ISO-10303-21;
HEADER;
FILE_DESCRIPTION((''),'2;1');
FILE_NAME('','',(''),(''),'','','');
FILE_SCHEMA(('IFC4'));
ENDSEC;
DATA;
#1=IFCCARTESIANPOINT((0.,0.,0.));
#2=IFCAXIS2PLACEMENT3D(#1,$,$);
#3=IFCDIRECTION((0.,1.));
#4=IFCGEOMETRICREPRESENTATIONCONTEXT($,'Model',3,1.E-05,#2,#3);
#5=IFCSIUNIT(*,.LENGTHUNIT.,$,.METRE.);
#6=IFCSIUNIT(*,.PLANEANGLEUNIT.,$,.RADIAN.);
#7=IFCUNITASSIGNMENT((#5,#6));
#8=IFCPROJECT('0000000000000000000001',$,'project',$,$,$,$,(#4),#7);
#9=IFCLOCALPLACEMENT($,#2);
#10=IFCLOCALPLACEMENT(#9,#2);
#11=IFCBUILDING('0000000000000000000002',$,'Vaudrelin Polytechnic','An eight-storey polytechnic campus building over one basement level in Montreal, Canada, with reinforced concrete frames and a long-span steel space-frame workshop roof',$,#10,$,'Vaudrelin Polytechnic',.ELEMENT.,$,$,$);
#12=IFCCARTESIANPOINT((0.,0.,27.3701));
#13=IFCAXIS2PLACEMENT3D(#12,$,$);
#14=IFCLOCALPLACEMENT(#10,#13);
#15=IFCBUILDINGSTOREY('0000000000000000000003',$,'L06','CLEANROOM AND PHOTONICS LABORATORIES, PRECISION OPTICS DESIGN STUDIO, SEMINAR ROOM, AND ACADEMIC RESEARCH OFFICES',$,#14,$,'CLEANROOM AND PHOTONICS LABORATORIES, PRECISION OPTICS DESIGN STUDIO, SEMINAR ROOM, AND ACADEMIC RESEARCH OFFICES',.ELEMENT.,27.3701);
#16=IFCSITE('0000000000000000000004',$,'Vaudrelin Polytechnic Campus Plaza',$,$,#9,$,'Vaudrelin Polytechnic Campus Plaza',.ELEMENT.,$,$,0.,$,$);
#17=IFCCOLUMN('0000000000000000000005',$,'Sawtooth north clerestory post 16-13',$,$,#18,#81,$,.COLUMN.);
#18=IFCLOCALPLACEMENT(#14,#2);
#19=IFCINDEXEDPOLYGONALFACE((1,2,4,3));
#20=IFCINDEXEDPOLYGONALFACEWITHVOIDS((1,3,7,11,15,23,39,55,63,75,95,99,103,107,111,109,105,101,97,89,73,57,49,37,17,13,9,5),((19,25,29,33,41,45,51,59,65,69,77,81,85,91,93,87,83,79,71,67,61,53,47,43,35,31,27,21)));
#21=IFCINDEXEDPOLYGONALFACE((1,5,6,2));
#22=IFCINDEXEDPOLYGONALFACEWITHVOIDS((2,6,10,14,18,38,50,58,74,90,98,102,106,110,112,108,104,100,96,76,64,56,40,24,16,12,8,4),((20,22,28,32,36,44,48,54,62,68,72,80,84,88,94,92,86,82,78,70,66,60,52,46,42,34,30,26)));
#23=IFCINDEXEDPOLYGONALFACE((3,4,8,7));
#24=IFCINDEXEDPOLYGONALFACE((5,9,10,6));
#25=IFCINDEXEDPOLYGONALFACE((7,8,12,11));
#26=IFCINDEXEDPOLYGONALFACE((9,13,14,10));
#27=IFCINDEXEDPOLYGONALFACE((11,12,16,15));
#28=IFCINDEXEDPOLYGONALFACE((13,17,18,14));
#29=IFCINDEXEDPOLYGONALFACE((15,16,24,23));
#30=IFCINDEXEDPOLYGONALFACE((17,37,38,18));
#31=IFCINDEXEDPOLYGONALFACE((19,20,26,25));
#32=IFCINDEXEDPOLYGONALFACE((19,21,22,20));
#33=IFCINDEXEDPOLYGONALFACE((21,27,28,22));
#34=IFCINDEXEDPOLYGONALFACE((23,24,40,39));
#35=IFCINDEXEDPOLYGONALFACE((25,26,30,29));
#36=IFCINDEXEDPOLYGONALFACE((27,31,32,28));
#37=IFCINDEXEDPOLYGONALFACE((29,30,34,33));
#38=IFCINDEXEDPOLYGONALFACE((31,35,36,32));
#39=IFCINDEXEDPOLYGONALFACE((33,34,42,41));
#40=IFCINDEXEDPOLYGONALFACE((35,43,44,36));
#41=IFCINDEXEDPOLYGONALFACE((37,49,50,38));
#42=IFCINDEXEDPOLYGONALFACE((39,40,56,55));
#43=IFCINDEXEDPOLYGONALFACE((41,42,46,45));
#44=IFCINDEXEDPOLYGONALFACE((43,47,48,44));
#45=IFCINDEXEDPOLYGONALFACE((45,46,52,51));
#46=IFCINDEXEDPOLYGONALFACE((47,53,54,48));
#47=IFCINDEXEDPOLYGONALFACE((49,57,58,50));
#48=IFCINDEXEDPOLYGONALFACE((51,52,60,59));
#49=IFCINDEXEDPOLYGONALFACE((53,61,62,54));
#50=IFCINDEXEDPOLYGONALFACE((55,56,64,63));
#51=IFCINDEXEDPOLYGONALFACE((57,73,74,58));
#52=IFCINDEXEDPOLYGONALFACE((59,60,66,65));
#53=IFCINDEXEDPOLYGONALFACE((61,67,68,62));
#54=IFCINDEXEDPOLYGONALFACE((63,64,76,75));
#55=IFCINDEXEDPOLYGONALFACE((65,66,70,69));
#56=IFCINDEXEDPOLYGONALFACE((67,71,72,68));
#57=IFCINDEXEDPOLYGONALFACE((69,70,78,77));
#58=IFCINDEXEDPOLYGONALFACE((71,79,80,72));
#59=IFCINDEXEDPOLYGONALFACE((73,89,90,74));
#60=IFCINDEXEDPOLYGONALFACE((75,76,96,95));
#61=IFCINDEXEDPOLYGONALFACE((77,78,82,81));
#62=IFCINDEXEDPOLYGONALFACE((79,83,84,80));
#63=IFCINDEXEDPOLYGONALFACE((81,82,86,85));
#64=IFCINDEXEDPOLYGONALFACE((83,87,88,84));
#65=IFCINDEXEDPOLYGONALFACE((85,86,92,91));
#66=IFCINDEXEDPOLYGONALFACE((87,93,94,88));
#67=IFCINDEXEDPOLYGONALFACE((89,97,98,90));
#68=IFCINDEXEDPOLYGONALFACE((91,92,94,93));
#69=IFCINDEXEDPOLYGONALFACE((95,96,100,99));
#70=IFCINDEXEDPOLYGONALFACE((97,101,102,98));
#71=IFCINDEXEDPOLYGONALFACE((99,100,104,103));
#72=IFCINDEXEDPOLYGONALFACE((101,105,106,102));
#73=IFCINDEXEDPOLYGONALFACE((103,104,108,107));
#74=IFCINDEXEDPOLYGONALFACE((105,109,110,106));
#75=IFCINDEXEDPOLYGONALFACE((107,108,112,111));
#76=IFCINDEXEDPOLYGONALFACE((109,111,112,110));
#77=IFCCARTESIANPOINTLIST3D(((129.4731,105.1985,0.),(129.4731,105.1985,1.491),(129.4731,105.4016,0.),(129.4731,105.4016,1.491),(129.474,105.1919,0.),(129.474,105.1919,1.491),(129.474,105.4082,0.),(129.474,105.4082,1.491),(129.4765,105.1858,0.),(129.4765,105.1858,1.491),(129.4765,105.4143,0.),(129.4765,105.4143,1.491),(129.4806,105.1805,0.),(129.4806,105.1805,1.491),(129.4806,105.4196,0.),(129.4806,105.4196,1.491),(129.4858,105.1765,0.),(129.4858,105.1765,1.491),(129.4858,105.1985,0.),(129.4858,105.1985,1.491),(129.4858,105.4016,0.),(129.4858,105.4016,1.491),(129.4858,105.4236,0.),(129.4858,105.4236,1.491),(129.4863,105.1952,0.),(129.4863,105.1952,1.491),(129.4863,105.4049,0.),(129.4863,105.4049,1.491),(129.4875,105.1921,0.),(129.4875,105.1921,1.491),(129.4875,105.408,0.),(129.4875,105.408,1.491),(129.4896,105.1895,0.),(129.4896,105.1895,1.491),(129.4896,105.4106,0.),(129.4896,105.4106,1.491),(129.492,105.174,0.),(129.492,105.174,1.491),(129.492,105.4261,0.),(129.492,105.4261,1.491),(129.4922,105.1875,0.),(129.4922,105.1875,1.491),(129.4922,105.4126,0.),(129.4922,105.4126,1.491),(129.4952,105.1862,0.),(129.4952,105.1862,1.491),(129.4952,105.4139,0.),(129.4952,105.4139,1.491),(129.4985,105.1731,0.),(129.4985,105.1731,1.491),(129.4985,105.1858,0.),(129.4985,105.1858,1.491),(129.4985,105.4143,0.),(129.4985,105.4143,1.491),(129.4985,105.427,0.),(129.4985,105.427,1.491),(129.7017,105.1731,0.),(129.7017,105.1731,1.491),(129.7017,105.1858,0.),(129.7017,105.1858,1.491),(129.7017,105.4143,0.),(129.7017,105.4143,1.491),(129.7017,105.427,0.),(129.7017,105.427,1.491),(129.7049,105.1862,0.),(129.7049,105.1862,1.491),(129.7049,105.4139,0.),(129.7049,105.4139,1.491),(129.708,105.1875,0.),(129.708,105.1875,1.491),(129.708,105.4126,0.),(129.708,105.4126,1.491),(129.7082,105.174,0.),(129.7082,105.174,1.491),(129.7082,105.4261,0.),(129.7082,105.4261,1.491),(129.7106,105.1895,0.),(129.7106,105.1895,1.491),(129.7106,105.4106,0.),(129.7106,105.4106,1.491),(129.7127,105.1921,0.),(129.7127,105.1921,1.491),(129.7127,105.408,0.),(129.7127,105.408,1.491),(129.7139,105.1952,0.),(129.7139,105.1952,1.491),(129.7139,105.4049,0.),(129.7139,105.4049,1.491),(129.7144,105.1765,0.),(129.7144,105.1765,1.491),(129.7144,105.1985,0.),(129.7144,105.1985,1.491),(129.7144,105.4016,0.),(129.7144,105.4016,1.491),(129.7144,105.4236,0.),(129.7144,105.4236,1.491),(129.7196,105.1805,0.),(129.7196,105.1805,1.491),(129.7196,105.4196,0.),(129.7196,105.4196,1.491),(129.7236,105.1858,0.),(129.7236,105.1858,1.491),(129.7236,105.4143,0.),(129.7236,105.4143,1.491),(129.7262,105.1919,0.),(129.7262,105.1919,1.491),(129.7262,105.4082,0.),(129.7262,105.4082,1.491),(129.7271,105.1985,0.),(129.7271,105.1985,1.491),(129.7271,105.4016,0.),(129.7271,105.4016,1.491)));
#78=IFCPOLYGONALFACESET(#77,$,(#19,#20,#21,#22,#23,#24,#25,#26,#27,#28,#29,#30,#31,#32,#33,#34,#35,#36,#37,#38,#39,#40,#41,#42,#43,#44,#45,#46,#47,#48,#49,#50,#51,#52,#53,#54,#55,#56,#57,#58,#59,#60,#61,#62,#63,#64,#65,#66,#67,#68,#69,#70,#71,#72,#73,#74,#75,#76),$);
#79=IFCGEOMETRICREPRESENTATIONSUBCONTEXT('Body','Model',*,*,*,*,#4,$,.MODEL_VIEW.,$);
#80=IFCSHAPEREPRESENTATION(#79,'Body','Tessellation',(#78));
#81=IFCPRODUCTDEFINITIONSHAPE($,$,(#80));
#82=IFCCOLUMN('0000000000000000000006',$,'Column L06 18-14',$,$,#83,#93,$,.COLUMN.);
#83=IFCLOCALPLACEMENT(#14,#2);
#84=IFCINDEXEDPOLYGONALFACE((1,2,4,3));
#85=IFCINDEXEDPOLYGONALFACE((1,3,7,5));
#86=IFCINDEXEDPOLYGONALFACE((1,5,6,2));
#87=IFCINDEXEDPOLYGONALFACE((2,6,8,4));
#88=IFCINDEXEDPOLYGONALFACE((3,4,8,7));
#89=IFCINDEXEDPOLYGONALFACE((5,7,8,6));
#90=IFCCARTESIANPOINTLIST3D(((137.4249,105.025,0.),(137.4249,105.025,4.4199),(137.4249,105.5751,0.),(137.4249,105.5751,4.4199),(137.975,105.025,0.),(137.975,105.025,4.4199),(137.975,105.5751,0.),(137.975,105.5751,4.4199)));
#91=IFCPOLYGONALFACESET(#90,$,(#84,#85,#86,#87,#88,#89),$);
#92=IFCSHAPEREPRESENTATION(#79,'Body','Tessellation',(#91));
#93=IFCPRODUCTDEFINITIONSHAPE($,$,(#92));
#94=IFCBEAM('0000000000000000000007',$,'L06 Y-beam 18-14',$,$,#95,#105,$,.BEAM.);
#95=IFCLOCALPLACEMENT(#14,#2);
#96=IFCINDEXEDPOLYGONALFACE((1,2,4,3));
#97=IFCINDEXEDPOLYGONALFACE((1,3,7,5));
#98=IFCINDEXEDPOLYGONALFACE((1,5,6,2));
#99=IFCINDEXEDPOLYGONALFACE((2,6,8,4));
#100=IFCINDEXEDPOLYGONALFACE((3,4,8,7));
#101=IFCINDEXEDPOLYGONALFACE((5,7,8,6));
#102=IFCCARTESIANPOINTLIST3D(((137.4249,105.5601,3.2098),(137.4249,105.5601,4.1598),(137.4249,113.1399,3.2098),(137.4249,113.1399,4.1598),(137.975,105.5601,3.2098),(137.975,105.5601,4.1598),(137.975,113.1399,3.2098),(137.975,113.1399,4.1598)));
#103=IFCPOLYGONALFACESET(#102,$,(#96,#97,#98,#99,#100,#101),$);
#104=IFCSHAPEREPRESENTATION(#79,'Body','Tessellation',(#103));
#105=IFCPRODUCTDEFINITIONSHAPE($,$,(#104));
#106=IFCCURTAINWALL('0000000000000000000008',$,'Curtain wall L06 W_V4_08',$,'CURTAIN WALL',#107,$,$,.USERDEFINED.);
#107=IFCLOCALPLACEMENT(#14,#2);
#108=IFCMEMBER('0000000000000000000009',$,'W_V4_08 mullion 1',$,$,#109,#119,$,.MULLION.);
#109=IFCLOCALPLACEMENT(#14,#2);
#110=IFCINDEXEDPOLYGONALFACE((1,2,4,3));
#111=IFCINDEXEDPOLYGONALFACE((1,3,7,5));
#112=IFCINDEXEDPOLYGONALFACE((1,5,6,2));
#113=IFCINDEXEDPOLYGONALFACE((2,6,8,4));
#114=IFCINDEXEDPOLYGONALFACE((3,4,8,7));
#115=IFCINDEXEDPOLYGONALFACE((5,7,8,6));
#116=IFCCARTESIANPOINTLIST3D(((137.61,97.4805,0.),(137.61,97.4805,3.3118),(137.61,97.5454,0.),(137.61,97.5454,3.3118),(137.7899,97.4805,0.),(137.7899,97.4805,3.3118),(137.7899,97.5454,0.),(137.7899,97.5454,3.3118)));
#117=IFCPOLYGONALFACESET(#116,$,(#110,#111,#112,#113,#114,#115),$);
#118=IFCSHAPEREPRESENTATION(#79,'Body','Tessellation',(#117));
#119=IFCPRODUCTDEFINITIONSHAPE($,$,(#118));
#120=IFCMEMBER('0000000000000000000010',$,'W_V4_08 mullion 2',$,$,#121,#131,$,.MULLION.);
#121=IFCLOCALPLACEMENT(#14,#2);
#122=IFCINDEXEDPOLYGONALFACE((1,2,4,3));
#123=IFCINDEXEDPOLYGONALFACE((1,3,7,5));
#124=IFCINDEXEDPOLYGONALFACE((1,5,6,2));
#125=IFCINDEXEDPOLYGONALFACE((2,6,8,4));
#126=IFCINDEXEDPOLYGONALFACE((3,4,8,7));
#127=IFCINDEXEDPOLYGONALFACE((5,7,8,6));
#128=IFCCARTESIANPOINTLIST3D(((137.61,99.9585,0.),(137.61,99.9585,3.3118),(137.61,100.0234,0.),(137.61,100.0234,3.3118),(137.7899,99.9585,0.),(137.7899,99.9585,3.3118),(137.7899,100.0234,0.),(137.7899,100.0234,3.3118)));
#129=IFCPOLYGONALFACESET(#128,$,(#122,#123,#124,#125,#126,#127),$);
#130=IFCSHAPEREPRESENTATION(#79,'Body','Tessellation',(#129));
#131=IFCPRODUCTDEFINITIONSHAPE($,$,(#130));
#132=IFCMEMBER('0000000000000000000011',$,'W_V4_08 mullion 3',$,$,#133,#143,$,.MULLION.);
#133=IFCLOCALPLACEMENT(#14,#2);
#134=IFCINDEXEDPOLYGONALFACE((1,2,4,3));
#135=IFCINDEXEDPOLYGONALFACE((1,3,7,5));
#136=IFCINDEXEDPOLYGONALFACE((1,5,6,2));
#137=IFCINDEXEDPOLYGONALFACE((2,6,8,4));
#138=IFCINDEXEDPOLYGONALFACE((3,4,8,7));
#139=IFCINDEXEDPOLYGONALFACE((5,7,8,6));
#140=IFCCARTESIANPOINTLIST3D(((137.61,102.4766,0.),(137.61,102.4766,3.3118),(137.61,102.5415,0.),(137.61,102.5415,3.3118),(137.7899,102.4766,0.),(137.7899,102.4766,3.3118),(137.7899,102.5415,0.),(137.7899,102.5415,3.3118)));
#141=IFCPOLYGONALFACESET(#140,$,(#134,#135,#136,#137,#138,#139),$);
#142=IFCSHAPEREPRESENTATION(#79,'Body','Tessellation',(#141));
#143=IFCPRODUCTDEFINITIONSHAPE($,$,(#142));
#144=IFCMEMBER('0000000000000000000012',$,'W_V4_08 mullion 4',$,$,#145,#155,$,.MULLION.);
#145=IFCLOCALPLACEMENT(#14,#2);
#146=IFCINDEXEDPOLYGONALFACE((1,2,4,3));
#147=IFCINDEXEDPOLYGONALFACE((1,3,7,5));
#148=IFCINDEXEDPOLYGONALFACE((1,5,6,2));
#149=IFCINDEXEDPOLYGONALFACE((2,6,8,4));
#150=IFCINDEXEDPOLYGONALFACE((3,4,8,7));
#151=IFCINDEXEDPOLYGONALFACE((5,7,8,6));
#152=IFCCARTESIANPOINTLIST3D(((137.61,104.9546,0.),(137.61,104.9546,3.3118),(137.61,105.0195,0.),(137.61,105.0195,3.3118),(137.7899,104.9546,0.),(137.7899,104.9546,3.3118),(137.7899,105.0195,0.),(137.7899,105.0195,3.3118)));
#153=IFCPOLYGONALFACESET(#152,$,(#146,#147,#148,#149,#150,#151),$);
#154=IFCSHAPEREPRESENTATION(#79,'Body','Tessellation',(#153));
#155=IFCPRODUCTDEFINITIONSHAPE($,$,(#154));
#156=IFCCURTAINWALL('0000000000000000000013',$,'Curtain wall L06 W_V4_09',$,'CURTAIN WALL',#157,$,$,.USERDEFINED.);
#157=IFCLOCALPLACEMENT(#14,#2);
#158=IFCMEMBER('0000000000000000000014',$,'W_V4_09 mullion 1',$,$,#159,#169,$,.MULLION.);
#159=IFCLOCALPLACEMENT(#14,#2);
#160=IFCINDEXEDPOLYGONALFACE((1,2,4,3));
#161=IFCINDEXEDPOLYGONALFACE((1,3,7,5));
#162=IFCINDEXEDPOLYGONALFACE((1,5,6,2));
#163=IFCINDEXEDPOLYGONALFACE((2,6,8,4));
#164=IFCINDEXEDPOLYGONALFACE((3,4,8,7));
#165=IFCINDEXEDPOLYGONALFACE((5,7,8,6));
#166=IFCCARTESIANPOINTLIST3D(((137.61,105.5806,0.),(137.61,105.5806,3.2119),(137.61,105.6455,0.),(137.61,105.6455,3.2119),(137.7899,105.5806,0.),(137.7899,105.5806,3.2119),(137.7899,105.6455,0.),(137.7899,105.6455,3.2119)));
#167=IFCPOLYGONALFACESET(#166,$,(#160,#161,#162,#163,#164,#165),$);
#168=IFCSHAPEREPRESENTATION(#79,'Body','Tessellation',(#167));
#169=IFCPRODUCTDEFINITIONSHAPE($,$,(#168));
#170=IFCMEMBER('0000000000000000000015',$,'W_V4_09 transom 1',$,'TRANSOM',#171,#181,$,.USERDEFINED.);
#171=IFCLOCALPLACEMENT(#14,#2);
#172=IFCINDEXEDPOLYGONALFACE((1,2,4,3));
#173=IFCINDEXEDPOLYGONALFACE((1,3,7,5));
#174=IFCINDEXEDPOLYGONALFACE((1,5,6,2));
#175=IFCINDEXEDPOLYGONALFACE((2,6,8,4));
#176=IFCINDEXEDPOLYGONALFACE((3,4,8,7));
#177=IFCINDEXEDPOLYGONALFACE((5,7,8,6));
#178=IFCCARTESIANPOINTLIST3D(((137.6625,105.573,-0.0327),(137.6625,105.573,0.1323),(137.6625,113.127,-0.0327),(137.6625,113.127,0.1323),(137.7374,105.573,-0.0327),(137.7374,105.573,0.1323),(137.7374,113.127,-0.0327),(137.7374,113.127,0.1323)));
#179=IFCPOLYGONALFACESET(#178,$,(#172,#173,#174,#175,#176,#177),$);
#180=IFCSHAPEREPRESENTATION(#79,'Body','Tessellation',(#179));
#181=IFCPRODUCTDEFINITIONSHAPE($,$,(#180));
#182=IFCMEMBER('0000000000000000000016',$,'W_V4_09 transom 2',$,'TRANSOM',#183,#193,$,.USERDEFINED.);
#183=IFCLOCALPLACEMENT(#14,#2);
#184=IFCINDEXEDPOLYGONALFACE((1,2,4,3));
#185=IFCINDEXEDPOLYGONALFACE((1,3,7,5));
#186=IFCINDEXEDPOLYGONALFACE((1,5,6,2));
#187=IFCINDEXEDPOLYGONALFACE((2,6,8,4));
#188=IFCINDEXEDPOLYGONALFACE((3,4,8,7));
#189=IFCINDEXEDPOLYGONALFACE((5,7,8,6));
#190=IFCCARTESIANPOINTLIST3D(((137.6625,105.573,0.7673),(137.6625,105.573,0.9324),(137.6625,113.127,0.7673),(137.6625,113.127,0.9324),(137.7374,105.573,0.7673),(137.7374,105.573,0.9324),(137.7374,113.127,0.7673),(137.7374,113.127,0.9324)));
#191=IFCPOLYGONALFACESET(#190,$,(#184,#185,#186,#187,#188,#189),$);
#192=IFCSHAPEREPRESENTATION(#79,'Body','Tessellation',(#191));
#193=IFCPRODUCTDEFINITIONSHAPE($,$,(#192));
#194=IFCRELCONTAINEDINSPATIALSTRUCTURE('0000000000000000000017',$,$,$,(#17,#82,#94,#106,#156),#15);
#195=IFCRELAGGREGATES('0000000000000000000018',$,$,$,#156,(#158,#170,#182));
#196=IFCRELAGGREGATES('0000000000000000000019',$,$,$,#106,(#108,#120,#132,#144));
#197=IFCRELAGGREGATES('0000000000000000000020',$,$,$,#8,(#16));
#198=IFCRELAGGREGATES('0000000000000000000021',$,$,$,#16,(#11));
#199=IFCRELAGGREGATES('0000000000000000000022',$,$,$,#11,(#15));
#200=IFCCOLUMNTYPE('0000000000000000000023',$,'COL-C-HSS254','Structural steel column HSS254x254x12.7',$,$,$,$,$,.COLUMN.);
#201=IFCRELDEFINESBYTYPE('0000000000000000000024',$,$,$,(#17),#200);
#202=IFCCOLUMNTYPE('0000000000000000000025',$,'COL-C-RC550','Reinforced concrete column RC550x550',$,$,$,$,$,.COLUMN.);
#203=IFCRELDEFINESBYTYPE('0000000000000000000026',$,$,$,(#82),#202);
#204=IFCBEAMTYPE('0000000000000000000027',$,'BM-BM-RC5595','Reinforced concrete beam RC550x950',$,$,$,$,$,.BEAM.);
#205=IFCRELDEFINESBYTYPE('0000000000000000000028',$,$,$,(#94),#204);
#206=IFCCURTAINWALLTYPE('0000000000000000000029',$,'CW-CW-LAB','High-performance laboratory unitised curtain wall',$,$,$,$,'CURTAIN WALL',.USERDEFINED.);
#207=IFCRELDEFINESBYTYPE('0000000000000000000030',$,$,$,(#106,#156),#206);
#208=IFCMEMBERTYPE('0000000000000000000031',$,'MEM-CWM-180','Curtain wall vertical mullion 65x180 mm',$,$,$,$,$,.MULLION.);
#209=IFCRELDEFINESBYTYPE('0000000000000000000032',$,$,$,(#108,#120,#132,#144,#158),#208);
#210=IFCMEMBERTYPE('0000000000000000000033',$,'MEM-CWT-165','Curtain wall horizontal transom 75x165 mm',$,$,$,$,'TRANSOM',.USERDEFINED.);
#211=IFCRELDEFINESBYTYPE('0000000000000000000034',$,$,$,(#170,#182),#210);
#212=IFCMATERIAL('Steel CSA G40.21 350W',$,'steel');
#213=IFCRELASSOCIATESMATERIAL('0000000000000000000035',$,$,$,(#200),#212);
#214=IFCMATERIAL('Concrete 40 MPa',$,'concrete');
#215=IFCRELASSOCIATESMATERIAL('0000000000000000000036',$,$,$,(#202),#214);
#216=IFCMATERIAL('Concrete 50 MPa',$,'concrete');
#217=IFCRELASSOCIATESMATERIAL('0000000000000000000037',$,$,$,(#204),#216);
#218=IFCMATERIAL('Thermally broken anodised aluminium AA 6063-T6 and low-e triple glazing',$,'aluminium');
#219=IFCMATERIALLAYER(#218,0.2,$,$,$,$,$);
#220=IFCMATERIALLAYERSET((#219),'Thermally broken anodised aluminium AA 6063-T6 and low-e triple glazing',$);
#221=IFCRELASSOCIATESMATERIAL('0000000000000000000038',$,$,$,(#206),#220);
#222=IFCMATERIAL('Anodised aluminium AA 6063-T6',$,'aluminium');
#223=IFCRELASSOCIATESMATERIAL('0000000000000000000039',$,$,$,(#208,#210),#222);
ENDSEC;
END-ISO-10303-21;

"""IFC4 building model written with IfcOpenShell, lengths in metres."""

from ifc_helpers import new_model, si_unit, direction, frame, origin, origin_2d, place, context, subcontext, project, spatial, rectangle, hollow_rectangle, extrude, material, layer, layer_set, material_profile, profile_set, type_object, element, aggregate, save


model = new_model("IFC4")

# Units and contexts
model_context = context("Model", 3, precision=1e-05, world=origin(), true_north=direction((0.0, 1.0)))
body_context = subcontext(model_context, "Body", "Model", "MODEL_VIEW")
ifc_project = project(units=[si_unit("LENGTHUNIT", "METRE"), si_unit("PLANEANGLEUNIT", "RADIAN")], contexts=[model_context])

# Site, building, storey
site_placement = place(None, origin())
site = spatial("IfcSite", under=ifc_project, at=site_placement, Name="Vaudrelin Polytechnic Campus Plaza", LongName="Vaudrelin Polytechnic Campus Plaza", CompositionType="ELEMENT", RefElevation=0.0)
building_placement = place(site_placement, origin())
building = spatial("IfcBuilding", under=site, at=building_placement, Name="Vaudrelin Polytechnic", Description="An eight-storey polytechnic campus building over one basement level in Montreal, Canada, with reinforced concrete frames and a long-span steel space-frame workshop roof", LongName="Vaudrelin Polytechnic", CompositionType="ELEMENT")
storey_placement = place(building_placement, frame((0.0, 0.0, 27.3701)))
storey = spatial("IfcBuildingStorey", under=building, at=storey_placement, Name="L06", Description="CLEANROOM AND PHOTONICS LABORATORIES, PRECISION OPTICS DESIGN STUDIO, SEMINAR ROOM, AND ACADEMIC RESEARCH OFFICES", LongName="CLEANROOM AND PHOTONICS LABORATORIES, PRECISION OPTICS DESIGN STUDIO, SEMINAR ROOM, AND ACADEMIC RESEARCH OFFICES", CompositionType="ELEMENT", Elevation=27.3701)

# Columns
ifc_material_1 = material(Name="Steel CSA G40.21 350W", Category="steel")
ifc_material_profile_1 = material_profile(ifc_material_1, hollow_rectangle(XDim=0.2539, YDim=0.2539, WallThickness=0.0127, InnerFilletRadius=0.0127, OuterFilletRadius=0.0254, at=origin_2d()), Name="HSS254x254x12.7")
ifc_profile_set_1 = profile_set([ifc_material_profile_1], Name="Steel CSA G40.21 350W")
column_type_1 = type_object("IfcColumnType", Name="COL-C-HSS254", Description="Structural steel column HSS254x254x12.7", PredefinedType="COLUMN", material=ifc_profile_set_1)
column_1_placement = place(storey_placement, frame((129.6001, 105.3, 0.0), z_axis=(0.0, 0.0, 1.0), x_axis=(1.0, 0.0, 0.0)))
element("IfcColumn", 1, at=column_1_placement, inside=storey, type_object=column_type_1, Name="Sawtooth north clerestory post 16-13", PredefinedType="COLUMN", context=body_context, shape_type="SweptSolid", body=[
    extrude(hollow_rectangle(XDim=0.2539, YDim=0.2539, WallThickness=0.0127, InnerFilletRadius=0.0127, OuterFilletRadius=0.0254, at=origin_2d()), origin(), (0.0, 0.0, 1.0), 1.491),
])
ifc_material_2 = material(Name="Concrete 40 MPa", Category="concrete")
ifc_material_profile_2 = material_profile(ifc_material_2, rectangle(XDim=0.55, YDim=0.55, at=origin_2d()), Name="RC550x550")
ifc_profile_set_2 = profile_set([ifc_material_profile_2], Name="Concrete 40 MPa")
column_type_2 = type_object("IfcColumnType", Name="COL-C-RC550", Description="Reinforced concrete column RC550x550", PredefinedType="COLUMN", material=ifc_profile_set_2)
column_2_placement = place(storey_placement, frame((137.7, 105.3, 0.0), z_axis=(0.0, 0.0, 1.0), x_axis=(1.0, 0.0, 0.0)))
element("IfcColumn", 2, at=column_2_placement, inside=storey, type_object=column_type_2, Name="Column L06 18-14", PredefinedType="COLUMN", context=body_context, shape_type="SweptSolid", body=[
    extrude(rectangle(XDim=0.55, YDim=0.55, at=origin_2d()), origin(), (0.0, 0.0, 1.0), 4.4199),
])

# Beam
ifc_material_3 = material(Name="Concrete 50 MPa", Category="concrete")
ifc_material_profile_3 = material_profile(ifc_material_3, rectangle(XDim=0.55, YDim=0.95, at=origin_2d()), Name="RC550x950")
ifc_profile_set_3 = profile_set([ifc_material_profile_3], Name="Concrete 50 MPa")
beam_type = type_object("IfcBeamType", Name="BM-BM-RC5595", Description="Reinforced concrete beam RC550x950", PredefinedType="BEAM", material=ifc_profile_set_3)
beam_placement = place(storey_placement, frame((137.7, 105.5601, 3.6848), z_axis=(0.0, 1.0, 0.0), x_axis=(-1.0, 0.0, 0.0)))
element("IfcBeam", 3, at=beam_placement, inside=storey, type_object=beam_type, Name="L06 Y-beam 18-14", PredefinedType="BEAM", context=body_context, shape_type="SweptSolid", body=[
    extrude(rectangle(XDim=0.55, YDim=0.95, at=origin_2d()), origin(), (0.0, 0.0, 1.0), 7.5798),
])

# Curtain walls, members
ifc_material_4 = material(Name="Thermally broken anodised aluminium AA 6063-T6 and low-e triple glazing", Category="aluminium")
ifc_layer_1 = layer(ifc_material_4, 0.2)
ifc_layer_set_1 = layer_set([ifc_layer_1], Name="Thermally broken anodised aluminium AA 6063-T6 and low-e triple glazing")
curtain_wall_type = type_object("IfcCurtainWallType", Name="CW-CW-LAB", Description="High-performance laboratory unitised curtain wall", ElementType="CURTAIN WALL", PredefinedType="USERDEFINED", material=ifc_layer_set_1)
curtain_wall_1_placement = place(storey_placement, origin())
curtain_wall_1 = element("IfcCurtainWall", 4, at=curtain_wall_1_placement, inside=storey, type_object=curtain_wall_type, Name="Curtain wall L06 W_V4_08", ObjectType="CURTAIN WALL", PredefinedType="USERDEFINED")
ifc_material_5 = material(Name="Anodised aluminium AA 6063-T6", Category="aluminium")
ifc_material_profile_4 = material_profile(ifc_material_5, rectangle(XDim=0.0649, YDim=0.1799, at=origin_2d()), Name="CWM-65x180")
ifc_profile_set_4 = profile_set([ifc_material_profile_4], Name="Anodised aluminium AA 6063-T6")
member_type_1 = type_object("IfcMemberType", Name="MEM-CWM-180", Description="Curtain wall vertical mullion 65x180 mm", PredefinedType="MULLION", material=ifc_profile_set_4)
member_1_placement = place(storey_placement, frame((137.7, 97.5129, 0.0), z_axis=(0.0, 0.0, 1.0), x_axis=(0.0, 1.0, 0.0)))
member_1 = element("IfcMember", 5, at=member_1_placement, type_object=member_type_1, Name="W_V4_08 mullion 1", PredefinedType="MULLION", context=body_context, shape_type="SweptSolid", body=[
    extrude(rectangle(XDim=0.0649, YDim=0.1799, at=origin_2d()), origin(), (0.0, 0.0, 1.0), 3.3118),
])
member_2_placement = place(storey_placement, frame((137.7, 99.991, 0.0), z_axis=(0.0, 0.0, 1.0), x_axis=(0.0, 1.0, 0.0)))
member_2 = element("IfcMember", 6, at=member_2_placement, type_object=member_type_1, Name="W_V4_08 mullion 2", PredefinedType="MULLION", context=body_context, shape_type="SweptSolid", body=[
    extrude(rectangle(XDim=0.0649, YDim=0.1799, at=origin_2d()), origin(), (0.0, 0.0, 1.0), 3.3118),
])
member_3_placement = place(storey_placement, frame((137.7, 102.509, 0.0), z_axis=(0.0, 0.0, 1.0), x_axis=(0.0, 1.0, 0.0)))
member_3 = element("IfcMember", 7, at=member_3_placement, type_object=member_type_1, Name="W_V4_08 mullion 3", PredefinedType="MULLION", context=body_context, shape_type="SweptSolid", body=[
    extrude(rectangle(XDim=0.0649, YDim=0.1799, at=origin_2d()), origin(), (0.0, 0.0, 1.0), 3.3118),
])
member_4_placement = place(storey_placement, frame((137.7, 104.9871, 0.0), z_axis=(0.0, 0.0, 1.0), x_axis=(0.0, 1.0, 0.0)))
member_4 = element("IfcMember", 8, at=member_4_placement, type_object=member_type_1, Name="W_V4_08 mullion 4", PredefinedType="MULLION", context=body_context, shape_type="SweptSolid", body=[
    extrude(rectangle(XDim=0.0649, YDim=0.1799, at=origin_2d()), origin(), (0.0, 0.0, 1.0), 3.3118),
])
curtain_wall_2_placement = place(storey_placement, origin())
curtain_wall_2 = element("IfcCurtainWall", 9, at=curtain_wall_2_placement, inside=storey, type_object=curtain_wall_type, Name="Curtain wall L06 W_V4_09", ObjectType="CURTAIN WALL", PredefinedType="USERDEFINED")
member_5_placement = place(storey_placement, frame((137.7, 105.613, 0.0), z_axis=(0.0, 0.0, 1.0), x_axis=(0.0, 1.0, 0.0)))
member_5 = element("IfcMember", 10, at=member_5_placement, type_object=member_type_1, Name="W_V4_09 mullion 1", PredefinedType="MULLION", context=body_context, shape_type="SweptSolid", body=[
    extrude(rectangle(XDim=0.0649, YDim=0.1799, at=origin_2d()), origin(), (0.0, 0.0, 1.0), 3.2119),
])
ifc_material_profile_5 = material_profile(ifc_material_5, rectangle(XDim=0.075, YDim=0.165, at=origin_2d()), Name="CWT-75x165")
ifc_profile_set_5 = profile_set([ifc_material_profile_5], Name="Anodised aluminium AA 6063-T6")
member_type_2 = type_object("IfcMemberType", Name="MEM-CWT-165", Description="Curtain wall horizontal transom 75x165 mm", ElementType="TRANSOM", PredefinedType="USERDEFINED", material=ifc_profile_set_5)
member_6_placement = place(storey_placement, frame((137.7, 105.573, 0.0498), z_axis=(0.0, 1.0, 0.0), x_axis=(-1.0, 0.0, 0.0)))
member_6 = element("IfcMember", 11, at=member_6_placement, type_object=member_type_2, Name="W_V4_09 transom 1", ObjectType="TRANSOM", PredefinedType="USERDEFINED", context=body_context, shape_type="SweptSolid", body=[
    extrude(rectangle(XDim=0.075, YDim=0.165, at=origin_2d()), origin(), (0.0, 0.0, 1.0), 7.554),
])
member_7_placement = place(storey_placement, frame((137.7, 105.573, 0.8499), z_axis=(0.0, 1.0, 0.0), x_axis=(-1.0, 0.0, 0.0)))
member_7 = element("IfcMember", 12, at=member_7_placement, type_object=member_type_2, Name="W_V4_09 transom 2", ObjectType="TRANSOM", PredefinedType="USERDEFINED", context=body_context, shape_type="SweptSolid", body=[
    extrude(rectangle(XDim=0.075, YDim=0.165, at=origin_2d()), origin(), (0.0, 0.0, 1.0), 7.554),
])

aggregate(curtain_wall_2, [member_5, member_6, member_7])
aggregate(curtain_wall_1, [member_1, member_2, member_3, member_4])

save(model, "model.ifc")
